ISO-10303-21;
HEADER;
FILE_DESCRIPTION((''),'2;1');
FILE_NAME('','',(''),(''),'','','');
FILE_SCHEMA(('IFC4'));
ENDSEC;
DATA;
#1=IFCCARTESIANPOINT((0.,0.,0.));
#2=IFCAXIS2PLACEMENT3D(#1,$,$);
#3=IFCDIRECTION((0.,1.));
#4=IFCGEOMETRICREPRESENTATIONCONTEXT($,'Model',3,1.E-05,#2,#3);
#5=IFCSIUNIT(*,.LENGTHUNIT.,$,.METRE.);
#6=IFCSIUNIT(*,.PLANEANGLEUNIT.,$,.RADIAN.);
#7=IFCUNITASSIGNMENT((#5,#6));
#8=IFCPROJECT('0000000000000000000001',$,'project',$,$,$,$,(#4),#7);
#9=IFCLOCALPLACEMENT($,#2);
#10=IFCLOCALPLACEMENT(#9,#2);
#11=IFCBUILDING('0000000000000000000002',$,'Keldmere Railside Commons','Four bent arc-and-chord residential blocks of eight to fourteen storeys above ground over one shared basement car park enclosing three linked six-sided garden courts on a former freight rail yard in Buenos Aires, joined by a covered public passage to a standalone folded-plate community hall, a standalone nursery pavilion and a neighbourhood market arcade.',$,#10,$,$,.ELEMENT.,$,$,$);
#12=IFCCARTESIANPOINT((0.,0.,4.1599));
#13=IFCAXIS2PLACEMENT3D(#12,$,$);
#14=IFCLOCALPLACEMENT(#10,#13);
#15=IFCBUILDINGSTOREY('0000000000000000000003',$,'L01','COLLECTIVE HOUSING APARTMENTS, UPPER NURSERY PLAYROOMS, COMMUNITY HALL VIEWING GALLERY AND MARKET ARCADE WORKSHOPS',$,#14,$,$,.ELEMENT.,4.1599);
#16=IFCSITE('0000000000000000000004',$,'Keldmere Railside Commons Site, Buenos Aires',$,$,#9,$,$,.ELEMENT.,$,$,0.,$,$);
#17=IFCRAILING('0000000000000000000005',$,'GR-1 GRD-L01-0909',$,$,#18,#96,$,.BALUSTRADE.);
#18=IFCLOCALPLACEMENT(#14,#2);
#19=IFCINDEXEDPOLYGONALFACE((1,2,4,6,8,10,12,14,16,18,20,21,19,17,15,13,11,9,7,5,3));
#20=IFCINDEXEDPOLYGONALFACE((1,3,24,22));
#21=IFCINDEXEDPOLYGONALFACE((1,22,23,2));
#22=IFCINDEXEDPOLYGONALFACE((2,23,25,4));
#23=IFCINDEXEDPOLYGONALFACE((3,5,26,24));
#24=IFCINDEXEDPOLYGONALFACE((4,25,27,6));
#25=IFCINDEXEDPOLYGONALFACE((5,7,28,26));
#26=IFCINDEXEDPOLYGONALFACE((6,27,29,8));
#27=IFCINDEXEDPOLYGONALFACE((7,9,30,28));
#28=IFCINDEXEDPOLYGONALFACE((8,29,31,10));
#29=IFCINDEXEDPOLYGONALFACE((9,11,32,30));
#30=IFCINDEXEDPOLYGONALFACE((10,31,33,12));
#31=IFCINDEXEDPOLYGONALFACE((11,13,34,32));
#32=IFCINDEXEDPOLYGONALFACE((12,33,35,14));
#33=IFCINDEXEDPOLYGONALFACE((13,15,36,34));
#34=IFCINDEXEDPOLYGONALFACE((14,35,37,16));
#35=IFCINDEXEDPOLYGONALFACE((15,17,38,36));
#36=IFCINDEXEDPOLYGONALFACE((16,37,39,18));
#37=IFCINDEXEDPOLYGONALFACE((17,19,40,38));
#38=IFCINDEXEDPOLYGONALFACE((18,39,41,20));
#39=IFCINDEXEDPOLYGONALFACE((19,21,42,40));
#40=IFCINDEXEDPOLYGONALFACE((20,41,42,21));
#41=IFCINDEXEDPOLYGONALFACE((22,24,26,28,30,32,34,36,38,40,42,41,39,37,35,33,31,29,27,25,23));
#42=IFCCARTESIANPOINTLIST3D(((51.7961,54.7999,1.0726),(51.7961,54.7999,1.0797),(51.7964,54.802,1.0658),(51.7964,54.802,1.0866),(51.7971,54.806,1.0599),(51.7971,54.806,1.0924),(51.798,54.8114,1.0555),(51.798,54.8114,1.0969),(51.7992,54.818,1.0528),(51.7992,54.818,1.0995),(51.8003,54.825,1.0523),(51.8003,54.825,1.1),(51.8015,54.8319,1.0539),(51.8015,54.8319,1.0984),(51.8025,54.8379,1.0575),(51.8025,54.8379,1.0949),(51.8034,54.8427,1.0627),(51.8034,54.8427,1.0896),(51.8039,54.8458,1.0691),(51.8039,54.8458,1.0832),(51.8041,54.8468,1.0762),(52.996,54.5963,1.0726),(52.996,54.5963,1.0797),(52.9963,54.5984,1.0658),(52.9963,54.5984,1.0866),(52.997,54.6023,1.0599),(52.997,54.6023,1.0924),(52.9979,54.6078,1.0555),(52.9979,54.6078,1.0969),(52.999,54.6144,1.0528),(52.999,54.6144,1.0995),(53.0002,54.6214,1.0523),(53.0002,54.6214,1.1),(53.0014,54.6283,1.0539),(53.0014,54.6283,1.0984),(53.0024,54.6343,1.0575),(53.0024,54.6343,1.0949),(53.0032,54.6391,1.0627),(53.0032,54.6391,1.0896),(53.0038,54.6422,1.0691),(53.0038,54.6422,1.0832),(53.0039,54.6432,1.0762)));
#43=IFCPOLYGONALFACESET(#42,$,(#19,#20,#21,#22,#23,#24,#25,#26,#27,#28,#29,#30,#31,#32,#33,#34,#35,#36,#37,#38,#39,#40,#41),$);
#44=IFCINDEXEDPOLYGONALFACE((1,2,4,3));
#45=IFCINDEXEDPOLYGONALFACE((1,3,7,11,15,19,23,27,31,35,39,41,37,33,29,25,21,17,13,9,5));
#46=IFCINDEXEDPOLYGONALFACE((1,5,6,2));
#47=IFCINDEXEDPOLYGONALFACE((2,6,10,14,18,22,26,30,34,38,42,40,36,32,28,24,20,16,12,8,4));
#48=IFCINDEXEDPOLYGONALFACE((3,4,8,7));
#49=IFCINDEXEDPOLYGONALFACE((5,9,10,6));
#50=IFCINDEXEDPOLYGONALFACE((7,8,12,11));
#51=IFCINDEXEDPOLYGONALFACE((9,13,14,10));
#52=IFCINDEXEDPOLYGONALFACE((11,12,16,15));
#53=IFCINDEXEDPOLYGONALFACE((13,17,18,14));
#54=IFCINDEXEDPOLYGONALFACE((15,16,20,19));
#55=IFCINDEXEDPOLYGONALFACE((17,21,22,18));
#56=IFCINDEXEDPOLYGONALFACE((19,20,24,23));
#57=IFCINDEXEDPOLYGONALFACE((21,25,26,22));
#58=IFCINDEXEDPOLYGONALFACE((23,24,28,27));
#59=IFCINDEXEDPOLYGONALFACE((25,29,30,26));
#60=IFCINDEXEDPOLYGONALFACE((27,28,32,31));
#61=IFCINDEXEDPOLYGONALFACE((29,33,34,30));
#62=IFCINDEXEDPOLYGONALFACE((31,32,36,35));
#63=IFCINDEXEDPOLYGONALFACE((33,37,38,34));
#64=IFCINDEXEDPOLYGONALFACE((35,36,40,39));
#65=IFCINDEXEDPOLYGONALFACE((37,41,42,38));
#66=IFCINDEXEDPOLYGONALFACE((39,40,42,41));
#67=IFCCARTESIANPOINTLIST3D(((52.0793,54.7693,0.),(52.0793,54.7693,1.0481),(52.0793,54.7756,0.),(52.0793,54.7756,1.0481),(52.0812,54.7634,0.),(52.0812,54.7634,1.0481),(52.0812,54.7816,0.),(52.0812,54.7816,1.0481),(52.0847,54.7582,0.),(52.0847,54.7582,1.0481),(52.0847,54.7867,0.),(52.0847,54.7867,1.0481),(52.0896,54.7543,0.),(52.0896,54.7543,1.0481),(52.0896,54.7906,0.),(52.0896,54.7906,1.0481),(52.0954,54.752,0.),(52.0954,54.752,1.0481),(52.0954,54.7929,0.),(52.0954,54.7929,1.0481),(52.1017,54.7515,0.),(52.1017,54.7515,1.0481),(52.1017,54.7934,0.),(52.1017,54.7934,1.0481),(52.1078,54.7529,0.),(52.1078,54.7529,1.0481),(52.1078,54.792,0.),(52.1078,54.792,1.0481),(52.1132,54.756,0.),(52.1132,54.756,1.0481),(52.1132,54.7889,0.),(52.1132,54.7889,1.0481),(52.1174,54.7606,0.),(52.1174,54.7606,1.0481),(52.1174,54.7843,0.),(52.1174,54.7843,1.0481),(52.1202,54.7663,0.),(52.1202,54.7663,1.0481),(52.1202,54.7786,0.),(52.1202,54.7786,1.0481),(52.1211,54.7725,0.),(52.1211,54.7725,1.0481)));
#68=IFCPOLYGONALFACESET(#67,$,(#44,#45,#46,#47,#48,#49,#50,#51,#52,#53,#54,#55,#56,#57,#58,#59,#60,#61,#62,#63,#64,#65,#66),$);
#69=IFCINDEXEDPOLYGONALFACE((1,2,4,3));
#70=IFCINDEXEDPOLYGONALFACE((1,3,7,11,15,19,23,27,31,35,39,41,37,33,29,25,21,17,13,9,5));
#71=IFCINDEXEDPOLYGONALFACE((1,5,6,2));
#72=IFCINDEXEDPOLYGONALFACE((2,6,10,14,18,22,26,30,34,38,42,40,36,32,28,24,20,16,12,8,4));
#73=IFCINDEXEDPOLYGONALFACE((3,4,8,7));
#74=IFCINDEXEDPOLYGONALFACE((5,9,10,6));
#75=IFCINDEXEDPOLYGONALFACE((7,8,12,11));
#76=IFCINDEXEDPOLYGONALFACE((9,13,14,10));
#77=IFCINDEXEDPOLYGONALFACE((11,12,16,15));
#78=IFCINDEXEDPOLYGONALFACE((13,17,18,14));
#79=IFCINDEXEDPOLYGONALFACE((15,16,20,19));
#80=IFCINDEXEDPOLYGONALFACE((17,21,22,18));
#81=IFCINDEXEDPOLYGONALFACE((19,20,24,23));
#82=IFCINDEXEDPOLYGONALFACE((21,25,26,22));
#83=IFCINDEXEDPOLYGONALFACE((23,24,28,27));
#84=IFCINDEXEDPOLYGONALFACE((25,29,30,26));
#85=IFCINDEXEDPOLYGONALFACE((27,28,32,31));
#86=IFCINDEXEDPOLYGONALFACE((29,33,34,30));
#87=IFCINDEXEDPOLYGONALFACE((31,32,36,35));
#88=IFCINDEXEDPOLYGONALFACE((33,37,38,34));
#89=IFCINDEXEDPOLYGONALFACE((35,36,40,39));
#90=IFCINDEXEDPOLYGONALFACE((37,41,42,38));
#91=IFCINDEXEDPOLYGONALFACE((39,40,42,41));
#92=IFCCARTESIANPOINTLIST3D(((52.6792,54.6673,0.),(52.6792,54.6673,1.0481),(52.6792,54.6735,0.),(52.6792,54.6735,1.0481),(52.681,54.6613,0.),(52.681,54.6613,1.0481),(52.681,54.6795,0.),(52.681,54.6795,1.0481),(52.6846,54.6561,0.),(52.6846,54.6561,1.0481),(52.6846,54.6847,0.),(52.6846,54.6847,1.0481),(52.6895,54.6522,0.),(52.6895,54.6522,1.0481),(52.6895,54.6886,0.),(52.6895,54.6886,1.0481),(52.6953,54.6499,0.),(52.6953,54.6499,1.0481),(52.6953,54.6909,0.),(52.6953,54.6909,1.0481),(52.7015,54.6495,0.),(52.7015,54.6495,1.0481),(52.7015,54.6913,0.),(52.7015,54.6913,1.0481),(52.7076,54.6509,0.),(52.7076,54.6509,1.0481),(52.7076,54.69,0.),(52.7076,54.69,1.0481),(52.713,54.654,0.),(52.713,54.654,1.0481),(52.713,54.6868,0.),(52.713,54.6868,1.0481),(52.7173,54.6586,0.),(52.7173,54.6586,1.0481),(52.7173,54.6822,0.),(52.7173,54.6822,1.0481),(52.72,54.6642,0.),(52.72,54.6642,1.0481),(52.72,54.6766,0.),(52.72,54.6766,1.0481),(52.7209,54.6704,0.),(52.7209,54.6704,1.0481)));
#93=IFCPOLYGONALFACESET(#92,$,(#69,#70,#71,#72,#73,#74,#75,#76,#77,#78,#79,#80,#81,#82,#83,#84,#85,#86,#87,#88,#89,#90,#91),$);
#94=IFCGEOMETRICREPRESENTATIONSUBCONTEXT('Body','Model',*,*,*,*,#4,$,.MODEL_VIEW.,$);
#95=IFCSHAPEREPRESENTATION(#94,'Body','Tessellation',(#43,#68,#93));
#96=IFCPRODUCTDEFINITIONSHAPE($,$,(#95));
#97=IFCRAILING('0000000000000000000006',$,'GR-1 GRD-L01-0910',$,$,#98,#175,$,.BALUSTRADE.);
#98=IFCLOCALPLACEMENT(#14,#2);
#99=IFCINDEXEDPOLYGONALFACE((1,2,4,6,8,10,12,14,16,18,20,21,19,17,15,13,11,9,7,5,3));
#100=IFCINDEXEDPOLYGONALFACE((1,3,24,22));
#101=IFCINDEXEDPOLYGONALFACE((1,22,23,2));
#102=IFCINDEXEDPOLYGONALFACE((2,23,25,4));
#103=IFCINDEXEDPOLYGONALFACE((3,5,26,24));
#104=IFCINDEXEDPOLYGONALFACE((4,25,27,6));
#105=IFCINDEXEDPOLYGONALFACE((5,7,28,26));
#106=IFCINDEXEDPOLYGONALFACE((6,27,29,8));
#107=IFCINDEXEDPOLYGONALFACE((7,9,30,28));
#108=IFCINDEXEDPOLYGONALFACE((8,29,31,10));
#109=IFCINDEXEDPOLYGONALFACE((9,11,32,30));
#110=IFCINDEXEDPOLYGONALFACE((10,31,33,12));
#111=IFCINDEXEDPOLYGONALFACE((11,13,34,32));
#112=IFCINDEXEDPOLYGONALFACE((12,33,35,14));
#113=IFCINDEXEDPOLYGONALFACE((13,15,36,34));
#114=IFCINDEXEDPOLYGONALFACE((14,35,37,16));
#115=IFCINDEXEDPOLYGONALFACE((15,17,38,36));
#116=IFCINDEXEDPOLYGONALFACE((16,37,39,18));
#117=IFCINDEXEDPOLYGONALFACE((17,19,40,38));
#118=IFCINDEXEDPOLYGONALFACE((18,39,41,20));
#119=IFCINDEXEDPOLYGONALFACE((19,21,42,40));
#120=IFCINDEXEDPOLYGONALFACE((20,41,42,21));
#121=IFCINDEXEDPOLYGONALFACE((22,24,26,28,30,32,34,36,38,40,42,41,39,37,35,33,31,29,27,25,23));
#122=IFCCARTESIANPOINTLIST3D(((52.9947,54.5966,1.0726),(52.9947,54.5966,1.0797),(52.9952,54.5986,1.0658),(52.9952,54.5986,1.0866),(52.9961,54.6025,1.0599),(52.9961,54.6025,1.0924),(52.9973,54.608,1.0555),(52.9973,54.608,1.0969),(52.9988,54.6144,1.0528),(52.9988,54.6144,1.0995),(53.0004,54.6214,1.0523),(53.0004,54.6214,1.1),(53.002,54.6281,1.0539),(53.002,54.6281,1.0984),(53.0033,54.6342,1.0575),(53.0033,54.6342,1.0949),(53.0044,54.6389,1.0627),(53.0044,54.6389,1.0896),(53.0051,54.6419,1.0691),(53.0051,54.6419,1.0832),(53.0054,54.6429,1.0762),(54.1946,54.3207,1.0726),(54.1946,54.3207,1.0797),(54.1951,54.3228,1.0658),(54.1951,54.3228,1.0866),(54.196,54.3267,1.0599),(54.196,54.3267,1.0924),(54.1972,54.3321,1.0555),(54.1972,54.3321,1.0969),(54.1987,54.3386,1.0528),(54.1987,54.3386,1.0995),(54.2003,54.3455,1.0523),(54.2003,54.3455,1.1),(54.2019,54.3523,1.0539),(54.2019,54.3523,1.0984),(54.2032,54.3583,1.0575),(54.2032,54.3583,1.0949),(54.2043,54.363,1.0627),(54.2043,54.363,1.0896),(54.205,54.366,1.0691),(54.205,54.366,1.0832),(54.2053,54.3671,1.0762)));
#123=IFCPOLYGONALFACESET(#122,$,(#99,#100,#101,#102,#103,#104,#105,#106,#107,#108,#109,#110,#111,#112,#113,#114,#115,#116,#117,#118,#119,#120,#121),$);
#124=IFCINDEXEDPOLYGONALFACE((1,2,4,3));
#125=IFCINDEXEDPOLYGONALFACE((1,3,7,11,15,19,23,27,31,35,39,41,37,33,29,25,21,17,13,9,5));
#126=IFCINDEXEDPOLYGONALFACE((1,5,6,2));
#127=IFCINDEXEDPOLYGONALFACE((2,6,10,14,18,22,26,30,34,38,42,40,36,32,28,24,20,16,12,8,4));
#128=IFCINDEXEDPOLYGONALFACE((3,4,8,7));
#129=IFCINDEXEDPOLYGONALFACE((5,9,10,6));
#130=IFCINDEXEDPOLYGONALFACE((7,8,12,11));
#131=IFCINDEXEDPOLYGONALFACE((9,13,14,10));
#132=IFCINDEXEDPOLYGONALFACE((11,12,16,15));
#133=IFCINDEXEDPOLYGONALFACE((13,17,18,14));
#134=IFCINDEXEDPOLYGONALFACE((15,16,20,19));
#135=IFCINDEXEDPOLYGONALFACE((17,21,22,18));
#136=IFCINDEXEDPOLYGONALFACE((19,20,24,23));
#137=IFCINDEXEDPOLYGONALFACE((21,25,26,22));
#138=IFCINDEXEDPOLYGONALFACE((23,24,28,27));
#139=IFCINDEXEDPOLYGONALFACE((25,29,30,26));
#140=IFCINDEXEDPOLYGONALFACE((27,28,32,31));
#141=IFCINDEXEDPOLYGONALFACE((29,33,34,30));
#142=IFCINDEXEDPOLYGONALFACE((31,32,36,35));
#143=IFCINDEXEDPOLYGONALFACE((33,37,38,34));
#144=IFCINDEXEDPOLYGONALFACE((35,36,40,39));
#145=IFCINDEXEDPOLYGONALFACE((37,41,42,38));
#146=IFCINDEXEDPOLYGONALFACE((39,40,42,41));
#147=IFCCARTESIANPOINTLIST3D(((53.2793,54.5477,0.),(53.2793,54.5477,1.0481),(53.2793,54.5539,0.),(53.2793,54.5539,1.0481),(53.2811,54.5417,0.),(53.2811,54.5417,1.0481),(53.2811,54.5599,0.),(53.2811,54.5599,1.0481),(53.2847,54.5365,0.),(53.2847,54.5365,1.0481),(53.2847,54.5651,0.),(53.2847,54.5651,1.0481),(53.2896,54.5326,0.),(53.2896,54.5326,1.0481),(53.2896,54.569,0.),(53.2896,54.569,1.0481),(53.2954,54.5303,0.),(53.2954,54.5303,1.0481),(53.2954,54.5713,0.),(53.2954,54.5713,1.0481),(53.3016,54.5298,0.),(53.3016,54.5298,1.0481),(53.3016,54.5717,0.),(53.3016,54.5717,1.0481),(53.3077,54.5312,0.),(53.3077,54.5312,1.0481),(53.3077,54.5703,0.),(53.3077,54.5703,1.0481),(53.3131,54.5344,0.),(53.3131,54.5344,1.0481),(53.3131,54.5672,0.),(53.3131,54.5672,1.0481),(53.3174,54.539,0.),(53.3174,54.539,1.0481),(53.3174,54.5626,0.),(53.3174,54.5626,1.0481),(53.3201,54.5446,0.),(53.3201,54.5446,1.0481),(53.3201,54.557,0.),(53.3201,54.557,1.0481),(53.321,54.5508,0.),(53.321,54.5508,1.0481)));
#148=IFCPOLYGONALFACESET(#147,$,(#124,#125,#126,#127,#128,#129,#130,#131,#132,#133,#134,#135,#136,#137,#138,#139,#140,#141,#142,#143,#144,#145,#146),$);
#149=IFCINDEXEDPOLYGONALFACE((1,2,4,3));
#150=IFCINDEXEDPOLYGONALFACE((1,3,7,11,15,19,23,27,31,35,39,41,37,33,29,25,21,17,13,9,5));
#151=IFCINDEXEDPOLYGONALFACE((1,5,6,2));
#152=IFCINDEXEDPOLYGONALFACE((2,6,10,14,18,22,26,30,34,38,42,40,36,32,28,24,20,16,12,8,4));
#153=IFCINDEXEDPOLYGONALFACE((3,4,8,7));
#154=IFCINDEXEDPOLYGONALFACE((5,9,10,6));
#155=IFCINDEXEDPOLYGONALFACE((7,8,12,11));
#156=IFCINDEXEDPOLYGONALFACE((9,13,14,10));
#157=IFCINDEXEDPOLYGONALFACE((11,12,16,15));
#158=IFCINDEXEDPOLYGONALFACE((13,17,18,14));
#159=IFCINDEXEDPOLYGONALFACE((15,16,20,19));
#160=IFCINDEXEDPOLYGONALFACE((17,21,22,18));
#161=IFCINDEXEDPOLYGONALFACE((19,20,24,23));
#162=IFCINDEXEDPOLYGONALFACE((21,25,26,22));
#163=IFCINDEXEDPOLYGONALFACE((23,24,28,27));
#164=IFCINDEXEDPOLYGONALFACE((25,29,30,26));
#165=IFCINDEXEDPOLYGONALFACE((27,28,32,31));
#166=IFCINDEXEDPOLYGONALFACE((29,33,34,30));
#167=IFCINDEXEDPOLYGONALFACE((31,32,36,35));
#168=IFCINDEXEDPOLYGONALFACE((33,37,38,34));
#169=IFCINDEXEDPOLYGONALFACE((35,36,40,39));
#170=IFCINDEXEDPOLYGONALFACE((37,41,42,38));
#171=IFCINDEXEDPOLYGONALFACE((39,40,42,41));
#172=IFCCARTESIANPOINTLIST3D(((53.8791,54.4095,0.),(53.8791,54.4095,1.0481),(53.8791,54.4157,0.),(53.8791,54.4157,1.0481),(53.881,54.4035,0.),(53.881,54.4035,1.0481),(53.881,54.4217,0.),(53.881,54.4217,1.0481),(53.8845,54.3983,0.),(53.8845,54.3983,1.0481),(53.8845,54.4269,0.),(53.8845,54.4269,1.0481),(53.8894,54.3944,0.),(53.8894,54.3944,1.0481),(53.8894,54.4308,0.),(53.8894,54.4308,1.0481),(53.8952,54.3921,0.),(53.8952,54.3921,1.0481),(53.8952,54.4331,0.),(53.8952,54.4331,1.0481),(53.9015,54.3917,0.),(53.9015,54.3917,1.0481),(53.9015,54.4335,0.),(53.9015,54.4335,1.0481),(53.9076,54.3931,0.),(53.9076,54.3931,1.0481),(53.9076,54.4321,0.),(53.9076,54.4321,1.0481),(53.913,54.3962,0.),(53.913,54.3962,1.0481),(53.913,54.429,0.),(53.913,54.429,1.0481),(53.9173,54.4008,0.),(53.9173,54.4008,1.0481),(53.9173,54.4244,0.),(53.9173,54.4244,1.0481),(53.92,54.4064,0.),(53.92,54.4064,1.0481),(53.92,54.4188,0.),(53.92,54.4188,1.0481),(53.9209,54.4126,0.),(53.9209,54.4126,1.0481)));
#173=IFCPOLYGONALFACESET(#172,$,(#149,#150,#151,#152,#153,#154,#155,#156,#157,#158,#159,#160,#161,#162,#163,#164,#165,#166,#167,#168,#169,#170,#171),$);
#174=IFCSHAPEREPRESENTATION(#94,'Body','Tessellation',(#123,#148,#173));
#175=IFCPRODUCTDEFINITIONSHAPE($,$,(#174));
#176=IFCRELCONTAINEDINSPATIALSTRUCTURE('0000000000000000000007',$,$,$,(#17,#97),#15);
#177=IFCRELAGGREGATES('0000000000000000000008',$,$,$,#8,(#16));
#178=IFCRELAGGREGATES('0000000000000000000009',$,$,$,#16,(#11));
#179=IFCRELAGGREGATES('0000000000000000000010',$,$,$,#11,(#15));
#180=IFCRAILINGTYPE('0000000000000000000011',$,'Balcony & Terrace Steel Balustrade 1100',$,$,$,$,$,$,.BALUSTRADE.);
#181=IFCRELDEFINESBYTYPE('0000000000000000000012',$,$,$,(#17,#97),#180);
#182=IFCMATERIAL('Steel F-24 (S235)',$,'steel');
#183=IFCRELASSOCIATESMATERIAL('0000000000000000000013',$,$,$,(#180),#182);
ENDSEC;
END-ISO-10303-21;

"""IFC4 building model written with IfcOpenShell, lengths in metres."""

from ifc_helpers import new_model, si_unit, direction, frame, origin, origin_2d, place, context, subcontext, project, spatial, circle, extrude, material, type_object, element, save


model = new_model("IFC4")

# Units and contexts
model_context = context("Model", 3, precision=1e-05, world=origin(), true_north=direction((0.0, 1.0)))
body_context = subcontext(model_context, "Body", "Model", "MODEL_VIEW")
ifc_project = project(units=[si_unit("LENGTHUNIT", "METRE"), si_unit("PLANEANGLEUNIT", "RADIAN")], contexts=[model_context])

# Site, building, storey
site_placement = place(None, origin())
site = spatial("IfcSite", under=ifc_project, at=site_placement, Name="Keldmere Railside Commons Site, Buenos Aires", CompositionType="ELEMENT", RefElevation=0.0)
building_placement = place(site_placement, origin())
building = spatial("IfcBuilding", under=site, at=building_placement, Name="Keldmere Railside Commons", Description="Four bent arc-and-chord residential blocks of eight to fourteen storeys above ground over one shared basement car park enclosing three linked six-sided garden courts on a former freight rail yard in Buenos Aires, joined by a covered public passage to a standalone folded-plate community hall, a standalone nursery pavilion and a neighbourhood market arcade.", CompositionType="ELEMENT")
storey_placement = place(building_placement, frame((0.0, 0.0, 4.1599)))
storey = spatial("IfcBuildingStorey", under=building, at=storey_placement, Name="L01", Description="COLLECTIVE HOUSING APARTMENTS, UPPER NURSERY PLAYROOMS, COMMUNITY HALL VIEWING GALLERY AND MARKET ARCADE WORKSHOPS", CompositionType="ELEMENT", Elevation=4.1599)

# Shared definitions
ifc_material_1 = material(Name="Steel F-24 (S235)", Category="steel")

# Railings
railing_type = type_object("IfcRailingType", Name="Balcony & Terrace Steel Balustrade 1100", PredefinedType="BALUSTRADE", material=ifc_material_1)
railing_1_placement = place(storey_placement, frame((51.8, 54.8232, 0.0)))
element("IfcRailing", 1, at=railing_1_placement, inside=storey, type_object=railing_type, Name="GR-1 GRD-L01-0909", PredefinedType="BALUSTRADE", context=body_context, shape_type="SweptSolid", body=[
    extrude(circle(Radius=0.0239, at=origin_2d()), frame((0.0, 0.0, 1.0762), z_axis=(0.985907, -0.167293, 0.0), x_axis=(0.167293, 0.985907, 0.0)), (0.0, 0.0, 1.0), 1.217),
    extrude(circle(Radius=0.021, at=origin_2d()), frame((0.3, -0.0508, 0.0)), (0.0, 0.0, 1.0), 1.0481),
    extrude(circle(Radius=0.021, at=origin_2d()), frame((0.8999, -0.1528, 0.0)), (0.0, 0.0, 1.0), 1.0481),
])
railing_2_placement = place(storey_placement, frame((53.0, 54.6196, 0.0)))
element("IfcRailing", 2, at=railing_2_placement, inside=storey, type_object=railing_type, Name="GR-1 GRD-L01-0910", PredefinedType="BALUSTRADE", context=body_context, shape_type="SweptSolid", body=[
    extrude(circle(Radius=0.0239, at=origin_2d()), frame((0.0, 0.0, 1.0762), z_axis=(0.974575, -0.224063, 0.0), x_axis=(0.224063, 0.974575, 0.0)), (0.0, 0.0, 1.0), 1.2312),
    extrude(circle(Radius=0.021, at=origin_2d()), frame((0.3, -0.0688, 0.0)), (0.0, 0.0, 1.0), 1.0481),
    extrude(circle(Radius=0.021, at=origin_2d()), frame((0.8999, -0.207, 0.0)), (0.0, 0.0, 1.0), 1.0481),
])

save(model, "model.ifc")
